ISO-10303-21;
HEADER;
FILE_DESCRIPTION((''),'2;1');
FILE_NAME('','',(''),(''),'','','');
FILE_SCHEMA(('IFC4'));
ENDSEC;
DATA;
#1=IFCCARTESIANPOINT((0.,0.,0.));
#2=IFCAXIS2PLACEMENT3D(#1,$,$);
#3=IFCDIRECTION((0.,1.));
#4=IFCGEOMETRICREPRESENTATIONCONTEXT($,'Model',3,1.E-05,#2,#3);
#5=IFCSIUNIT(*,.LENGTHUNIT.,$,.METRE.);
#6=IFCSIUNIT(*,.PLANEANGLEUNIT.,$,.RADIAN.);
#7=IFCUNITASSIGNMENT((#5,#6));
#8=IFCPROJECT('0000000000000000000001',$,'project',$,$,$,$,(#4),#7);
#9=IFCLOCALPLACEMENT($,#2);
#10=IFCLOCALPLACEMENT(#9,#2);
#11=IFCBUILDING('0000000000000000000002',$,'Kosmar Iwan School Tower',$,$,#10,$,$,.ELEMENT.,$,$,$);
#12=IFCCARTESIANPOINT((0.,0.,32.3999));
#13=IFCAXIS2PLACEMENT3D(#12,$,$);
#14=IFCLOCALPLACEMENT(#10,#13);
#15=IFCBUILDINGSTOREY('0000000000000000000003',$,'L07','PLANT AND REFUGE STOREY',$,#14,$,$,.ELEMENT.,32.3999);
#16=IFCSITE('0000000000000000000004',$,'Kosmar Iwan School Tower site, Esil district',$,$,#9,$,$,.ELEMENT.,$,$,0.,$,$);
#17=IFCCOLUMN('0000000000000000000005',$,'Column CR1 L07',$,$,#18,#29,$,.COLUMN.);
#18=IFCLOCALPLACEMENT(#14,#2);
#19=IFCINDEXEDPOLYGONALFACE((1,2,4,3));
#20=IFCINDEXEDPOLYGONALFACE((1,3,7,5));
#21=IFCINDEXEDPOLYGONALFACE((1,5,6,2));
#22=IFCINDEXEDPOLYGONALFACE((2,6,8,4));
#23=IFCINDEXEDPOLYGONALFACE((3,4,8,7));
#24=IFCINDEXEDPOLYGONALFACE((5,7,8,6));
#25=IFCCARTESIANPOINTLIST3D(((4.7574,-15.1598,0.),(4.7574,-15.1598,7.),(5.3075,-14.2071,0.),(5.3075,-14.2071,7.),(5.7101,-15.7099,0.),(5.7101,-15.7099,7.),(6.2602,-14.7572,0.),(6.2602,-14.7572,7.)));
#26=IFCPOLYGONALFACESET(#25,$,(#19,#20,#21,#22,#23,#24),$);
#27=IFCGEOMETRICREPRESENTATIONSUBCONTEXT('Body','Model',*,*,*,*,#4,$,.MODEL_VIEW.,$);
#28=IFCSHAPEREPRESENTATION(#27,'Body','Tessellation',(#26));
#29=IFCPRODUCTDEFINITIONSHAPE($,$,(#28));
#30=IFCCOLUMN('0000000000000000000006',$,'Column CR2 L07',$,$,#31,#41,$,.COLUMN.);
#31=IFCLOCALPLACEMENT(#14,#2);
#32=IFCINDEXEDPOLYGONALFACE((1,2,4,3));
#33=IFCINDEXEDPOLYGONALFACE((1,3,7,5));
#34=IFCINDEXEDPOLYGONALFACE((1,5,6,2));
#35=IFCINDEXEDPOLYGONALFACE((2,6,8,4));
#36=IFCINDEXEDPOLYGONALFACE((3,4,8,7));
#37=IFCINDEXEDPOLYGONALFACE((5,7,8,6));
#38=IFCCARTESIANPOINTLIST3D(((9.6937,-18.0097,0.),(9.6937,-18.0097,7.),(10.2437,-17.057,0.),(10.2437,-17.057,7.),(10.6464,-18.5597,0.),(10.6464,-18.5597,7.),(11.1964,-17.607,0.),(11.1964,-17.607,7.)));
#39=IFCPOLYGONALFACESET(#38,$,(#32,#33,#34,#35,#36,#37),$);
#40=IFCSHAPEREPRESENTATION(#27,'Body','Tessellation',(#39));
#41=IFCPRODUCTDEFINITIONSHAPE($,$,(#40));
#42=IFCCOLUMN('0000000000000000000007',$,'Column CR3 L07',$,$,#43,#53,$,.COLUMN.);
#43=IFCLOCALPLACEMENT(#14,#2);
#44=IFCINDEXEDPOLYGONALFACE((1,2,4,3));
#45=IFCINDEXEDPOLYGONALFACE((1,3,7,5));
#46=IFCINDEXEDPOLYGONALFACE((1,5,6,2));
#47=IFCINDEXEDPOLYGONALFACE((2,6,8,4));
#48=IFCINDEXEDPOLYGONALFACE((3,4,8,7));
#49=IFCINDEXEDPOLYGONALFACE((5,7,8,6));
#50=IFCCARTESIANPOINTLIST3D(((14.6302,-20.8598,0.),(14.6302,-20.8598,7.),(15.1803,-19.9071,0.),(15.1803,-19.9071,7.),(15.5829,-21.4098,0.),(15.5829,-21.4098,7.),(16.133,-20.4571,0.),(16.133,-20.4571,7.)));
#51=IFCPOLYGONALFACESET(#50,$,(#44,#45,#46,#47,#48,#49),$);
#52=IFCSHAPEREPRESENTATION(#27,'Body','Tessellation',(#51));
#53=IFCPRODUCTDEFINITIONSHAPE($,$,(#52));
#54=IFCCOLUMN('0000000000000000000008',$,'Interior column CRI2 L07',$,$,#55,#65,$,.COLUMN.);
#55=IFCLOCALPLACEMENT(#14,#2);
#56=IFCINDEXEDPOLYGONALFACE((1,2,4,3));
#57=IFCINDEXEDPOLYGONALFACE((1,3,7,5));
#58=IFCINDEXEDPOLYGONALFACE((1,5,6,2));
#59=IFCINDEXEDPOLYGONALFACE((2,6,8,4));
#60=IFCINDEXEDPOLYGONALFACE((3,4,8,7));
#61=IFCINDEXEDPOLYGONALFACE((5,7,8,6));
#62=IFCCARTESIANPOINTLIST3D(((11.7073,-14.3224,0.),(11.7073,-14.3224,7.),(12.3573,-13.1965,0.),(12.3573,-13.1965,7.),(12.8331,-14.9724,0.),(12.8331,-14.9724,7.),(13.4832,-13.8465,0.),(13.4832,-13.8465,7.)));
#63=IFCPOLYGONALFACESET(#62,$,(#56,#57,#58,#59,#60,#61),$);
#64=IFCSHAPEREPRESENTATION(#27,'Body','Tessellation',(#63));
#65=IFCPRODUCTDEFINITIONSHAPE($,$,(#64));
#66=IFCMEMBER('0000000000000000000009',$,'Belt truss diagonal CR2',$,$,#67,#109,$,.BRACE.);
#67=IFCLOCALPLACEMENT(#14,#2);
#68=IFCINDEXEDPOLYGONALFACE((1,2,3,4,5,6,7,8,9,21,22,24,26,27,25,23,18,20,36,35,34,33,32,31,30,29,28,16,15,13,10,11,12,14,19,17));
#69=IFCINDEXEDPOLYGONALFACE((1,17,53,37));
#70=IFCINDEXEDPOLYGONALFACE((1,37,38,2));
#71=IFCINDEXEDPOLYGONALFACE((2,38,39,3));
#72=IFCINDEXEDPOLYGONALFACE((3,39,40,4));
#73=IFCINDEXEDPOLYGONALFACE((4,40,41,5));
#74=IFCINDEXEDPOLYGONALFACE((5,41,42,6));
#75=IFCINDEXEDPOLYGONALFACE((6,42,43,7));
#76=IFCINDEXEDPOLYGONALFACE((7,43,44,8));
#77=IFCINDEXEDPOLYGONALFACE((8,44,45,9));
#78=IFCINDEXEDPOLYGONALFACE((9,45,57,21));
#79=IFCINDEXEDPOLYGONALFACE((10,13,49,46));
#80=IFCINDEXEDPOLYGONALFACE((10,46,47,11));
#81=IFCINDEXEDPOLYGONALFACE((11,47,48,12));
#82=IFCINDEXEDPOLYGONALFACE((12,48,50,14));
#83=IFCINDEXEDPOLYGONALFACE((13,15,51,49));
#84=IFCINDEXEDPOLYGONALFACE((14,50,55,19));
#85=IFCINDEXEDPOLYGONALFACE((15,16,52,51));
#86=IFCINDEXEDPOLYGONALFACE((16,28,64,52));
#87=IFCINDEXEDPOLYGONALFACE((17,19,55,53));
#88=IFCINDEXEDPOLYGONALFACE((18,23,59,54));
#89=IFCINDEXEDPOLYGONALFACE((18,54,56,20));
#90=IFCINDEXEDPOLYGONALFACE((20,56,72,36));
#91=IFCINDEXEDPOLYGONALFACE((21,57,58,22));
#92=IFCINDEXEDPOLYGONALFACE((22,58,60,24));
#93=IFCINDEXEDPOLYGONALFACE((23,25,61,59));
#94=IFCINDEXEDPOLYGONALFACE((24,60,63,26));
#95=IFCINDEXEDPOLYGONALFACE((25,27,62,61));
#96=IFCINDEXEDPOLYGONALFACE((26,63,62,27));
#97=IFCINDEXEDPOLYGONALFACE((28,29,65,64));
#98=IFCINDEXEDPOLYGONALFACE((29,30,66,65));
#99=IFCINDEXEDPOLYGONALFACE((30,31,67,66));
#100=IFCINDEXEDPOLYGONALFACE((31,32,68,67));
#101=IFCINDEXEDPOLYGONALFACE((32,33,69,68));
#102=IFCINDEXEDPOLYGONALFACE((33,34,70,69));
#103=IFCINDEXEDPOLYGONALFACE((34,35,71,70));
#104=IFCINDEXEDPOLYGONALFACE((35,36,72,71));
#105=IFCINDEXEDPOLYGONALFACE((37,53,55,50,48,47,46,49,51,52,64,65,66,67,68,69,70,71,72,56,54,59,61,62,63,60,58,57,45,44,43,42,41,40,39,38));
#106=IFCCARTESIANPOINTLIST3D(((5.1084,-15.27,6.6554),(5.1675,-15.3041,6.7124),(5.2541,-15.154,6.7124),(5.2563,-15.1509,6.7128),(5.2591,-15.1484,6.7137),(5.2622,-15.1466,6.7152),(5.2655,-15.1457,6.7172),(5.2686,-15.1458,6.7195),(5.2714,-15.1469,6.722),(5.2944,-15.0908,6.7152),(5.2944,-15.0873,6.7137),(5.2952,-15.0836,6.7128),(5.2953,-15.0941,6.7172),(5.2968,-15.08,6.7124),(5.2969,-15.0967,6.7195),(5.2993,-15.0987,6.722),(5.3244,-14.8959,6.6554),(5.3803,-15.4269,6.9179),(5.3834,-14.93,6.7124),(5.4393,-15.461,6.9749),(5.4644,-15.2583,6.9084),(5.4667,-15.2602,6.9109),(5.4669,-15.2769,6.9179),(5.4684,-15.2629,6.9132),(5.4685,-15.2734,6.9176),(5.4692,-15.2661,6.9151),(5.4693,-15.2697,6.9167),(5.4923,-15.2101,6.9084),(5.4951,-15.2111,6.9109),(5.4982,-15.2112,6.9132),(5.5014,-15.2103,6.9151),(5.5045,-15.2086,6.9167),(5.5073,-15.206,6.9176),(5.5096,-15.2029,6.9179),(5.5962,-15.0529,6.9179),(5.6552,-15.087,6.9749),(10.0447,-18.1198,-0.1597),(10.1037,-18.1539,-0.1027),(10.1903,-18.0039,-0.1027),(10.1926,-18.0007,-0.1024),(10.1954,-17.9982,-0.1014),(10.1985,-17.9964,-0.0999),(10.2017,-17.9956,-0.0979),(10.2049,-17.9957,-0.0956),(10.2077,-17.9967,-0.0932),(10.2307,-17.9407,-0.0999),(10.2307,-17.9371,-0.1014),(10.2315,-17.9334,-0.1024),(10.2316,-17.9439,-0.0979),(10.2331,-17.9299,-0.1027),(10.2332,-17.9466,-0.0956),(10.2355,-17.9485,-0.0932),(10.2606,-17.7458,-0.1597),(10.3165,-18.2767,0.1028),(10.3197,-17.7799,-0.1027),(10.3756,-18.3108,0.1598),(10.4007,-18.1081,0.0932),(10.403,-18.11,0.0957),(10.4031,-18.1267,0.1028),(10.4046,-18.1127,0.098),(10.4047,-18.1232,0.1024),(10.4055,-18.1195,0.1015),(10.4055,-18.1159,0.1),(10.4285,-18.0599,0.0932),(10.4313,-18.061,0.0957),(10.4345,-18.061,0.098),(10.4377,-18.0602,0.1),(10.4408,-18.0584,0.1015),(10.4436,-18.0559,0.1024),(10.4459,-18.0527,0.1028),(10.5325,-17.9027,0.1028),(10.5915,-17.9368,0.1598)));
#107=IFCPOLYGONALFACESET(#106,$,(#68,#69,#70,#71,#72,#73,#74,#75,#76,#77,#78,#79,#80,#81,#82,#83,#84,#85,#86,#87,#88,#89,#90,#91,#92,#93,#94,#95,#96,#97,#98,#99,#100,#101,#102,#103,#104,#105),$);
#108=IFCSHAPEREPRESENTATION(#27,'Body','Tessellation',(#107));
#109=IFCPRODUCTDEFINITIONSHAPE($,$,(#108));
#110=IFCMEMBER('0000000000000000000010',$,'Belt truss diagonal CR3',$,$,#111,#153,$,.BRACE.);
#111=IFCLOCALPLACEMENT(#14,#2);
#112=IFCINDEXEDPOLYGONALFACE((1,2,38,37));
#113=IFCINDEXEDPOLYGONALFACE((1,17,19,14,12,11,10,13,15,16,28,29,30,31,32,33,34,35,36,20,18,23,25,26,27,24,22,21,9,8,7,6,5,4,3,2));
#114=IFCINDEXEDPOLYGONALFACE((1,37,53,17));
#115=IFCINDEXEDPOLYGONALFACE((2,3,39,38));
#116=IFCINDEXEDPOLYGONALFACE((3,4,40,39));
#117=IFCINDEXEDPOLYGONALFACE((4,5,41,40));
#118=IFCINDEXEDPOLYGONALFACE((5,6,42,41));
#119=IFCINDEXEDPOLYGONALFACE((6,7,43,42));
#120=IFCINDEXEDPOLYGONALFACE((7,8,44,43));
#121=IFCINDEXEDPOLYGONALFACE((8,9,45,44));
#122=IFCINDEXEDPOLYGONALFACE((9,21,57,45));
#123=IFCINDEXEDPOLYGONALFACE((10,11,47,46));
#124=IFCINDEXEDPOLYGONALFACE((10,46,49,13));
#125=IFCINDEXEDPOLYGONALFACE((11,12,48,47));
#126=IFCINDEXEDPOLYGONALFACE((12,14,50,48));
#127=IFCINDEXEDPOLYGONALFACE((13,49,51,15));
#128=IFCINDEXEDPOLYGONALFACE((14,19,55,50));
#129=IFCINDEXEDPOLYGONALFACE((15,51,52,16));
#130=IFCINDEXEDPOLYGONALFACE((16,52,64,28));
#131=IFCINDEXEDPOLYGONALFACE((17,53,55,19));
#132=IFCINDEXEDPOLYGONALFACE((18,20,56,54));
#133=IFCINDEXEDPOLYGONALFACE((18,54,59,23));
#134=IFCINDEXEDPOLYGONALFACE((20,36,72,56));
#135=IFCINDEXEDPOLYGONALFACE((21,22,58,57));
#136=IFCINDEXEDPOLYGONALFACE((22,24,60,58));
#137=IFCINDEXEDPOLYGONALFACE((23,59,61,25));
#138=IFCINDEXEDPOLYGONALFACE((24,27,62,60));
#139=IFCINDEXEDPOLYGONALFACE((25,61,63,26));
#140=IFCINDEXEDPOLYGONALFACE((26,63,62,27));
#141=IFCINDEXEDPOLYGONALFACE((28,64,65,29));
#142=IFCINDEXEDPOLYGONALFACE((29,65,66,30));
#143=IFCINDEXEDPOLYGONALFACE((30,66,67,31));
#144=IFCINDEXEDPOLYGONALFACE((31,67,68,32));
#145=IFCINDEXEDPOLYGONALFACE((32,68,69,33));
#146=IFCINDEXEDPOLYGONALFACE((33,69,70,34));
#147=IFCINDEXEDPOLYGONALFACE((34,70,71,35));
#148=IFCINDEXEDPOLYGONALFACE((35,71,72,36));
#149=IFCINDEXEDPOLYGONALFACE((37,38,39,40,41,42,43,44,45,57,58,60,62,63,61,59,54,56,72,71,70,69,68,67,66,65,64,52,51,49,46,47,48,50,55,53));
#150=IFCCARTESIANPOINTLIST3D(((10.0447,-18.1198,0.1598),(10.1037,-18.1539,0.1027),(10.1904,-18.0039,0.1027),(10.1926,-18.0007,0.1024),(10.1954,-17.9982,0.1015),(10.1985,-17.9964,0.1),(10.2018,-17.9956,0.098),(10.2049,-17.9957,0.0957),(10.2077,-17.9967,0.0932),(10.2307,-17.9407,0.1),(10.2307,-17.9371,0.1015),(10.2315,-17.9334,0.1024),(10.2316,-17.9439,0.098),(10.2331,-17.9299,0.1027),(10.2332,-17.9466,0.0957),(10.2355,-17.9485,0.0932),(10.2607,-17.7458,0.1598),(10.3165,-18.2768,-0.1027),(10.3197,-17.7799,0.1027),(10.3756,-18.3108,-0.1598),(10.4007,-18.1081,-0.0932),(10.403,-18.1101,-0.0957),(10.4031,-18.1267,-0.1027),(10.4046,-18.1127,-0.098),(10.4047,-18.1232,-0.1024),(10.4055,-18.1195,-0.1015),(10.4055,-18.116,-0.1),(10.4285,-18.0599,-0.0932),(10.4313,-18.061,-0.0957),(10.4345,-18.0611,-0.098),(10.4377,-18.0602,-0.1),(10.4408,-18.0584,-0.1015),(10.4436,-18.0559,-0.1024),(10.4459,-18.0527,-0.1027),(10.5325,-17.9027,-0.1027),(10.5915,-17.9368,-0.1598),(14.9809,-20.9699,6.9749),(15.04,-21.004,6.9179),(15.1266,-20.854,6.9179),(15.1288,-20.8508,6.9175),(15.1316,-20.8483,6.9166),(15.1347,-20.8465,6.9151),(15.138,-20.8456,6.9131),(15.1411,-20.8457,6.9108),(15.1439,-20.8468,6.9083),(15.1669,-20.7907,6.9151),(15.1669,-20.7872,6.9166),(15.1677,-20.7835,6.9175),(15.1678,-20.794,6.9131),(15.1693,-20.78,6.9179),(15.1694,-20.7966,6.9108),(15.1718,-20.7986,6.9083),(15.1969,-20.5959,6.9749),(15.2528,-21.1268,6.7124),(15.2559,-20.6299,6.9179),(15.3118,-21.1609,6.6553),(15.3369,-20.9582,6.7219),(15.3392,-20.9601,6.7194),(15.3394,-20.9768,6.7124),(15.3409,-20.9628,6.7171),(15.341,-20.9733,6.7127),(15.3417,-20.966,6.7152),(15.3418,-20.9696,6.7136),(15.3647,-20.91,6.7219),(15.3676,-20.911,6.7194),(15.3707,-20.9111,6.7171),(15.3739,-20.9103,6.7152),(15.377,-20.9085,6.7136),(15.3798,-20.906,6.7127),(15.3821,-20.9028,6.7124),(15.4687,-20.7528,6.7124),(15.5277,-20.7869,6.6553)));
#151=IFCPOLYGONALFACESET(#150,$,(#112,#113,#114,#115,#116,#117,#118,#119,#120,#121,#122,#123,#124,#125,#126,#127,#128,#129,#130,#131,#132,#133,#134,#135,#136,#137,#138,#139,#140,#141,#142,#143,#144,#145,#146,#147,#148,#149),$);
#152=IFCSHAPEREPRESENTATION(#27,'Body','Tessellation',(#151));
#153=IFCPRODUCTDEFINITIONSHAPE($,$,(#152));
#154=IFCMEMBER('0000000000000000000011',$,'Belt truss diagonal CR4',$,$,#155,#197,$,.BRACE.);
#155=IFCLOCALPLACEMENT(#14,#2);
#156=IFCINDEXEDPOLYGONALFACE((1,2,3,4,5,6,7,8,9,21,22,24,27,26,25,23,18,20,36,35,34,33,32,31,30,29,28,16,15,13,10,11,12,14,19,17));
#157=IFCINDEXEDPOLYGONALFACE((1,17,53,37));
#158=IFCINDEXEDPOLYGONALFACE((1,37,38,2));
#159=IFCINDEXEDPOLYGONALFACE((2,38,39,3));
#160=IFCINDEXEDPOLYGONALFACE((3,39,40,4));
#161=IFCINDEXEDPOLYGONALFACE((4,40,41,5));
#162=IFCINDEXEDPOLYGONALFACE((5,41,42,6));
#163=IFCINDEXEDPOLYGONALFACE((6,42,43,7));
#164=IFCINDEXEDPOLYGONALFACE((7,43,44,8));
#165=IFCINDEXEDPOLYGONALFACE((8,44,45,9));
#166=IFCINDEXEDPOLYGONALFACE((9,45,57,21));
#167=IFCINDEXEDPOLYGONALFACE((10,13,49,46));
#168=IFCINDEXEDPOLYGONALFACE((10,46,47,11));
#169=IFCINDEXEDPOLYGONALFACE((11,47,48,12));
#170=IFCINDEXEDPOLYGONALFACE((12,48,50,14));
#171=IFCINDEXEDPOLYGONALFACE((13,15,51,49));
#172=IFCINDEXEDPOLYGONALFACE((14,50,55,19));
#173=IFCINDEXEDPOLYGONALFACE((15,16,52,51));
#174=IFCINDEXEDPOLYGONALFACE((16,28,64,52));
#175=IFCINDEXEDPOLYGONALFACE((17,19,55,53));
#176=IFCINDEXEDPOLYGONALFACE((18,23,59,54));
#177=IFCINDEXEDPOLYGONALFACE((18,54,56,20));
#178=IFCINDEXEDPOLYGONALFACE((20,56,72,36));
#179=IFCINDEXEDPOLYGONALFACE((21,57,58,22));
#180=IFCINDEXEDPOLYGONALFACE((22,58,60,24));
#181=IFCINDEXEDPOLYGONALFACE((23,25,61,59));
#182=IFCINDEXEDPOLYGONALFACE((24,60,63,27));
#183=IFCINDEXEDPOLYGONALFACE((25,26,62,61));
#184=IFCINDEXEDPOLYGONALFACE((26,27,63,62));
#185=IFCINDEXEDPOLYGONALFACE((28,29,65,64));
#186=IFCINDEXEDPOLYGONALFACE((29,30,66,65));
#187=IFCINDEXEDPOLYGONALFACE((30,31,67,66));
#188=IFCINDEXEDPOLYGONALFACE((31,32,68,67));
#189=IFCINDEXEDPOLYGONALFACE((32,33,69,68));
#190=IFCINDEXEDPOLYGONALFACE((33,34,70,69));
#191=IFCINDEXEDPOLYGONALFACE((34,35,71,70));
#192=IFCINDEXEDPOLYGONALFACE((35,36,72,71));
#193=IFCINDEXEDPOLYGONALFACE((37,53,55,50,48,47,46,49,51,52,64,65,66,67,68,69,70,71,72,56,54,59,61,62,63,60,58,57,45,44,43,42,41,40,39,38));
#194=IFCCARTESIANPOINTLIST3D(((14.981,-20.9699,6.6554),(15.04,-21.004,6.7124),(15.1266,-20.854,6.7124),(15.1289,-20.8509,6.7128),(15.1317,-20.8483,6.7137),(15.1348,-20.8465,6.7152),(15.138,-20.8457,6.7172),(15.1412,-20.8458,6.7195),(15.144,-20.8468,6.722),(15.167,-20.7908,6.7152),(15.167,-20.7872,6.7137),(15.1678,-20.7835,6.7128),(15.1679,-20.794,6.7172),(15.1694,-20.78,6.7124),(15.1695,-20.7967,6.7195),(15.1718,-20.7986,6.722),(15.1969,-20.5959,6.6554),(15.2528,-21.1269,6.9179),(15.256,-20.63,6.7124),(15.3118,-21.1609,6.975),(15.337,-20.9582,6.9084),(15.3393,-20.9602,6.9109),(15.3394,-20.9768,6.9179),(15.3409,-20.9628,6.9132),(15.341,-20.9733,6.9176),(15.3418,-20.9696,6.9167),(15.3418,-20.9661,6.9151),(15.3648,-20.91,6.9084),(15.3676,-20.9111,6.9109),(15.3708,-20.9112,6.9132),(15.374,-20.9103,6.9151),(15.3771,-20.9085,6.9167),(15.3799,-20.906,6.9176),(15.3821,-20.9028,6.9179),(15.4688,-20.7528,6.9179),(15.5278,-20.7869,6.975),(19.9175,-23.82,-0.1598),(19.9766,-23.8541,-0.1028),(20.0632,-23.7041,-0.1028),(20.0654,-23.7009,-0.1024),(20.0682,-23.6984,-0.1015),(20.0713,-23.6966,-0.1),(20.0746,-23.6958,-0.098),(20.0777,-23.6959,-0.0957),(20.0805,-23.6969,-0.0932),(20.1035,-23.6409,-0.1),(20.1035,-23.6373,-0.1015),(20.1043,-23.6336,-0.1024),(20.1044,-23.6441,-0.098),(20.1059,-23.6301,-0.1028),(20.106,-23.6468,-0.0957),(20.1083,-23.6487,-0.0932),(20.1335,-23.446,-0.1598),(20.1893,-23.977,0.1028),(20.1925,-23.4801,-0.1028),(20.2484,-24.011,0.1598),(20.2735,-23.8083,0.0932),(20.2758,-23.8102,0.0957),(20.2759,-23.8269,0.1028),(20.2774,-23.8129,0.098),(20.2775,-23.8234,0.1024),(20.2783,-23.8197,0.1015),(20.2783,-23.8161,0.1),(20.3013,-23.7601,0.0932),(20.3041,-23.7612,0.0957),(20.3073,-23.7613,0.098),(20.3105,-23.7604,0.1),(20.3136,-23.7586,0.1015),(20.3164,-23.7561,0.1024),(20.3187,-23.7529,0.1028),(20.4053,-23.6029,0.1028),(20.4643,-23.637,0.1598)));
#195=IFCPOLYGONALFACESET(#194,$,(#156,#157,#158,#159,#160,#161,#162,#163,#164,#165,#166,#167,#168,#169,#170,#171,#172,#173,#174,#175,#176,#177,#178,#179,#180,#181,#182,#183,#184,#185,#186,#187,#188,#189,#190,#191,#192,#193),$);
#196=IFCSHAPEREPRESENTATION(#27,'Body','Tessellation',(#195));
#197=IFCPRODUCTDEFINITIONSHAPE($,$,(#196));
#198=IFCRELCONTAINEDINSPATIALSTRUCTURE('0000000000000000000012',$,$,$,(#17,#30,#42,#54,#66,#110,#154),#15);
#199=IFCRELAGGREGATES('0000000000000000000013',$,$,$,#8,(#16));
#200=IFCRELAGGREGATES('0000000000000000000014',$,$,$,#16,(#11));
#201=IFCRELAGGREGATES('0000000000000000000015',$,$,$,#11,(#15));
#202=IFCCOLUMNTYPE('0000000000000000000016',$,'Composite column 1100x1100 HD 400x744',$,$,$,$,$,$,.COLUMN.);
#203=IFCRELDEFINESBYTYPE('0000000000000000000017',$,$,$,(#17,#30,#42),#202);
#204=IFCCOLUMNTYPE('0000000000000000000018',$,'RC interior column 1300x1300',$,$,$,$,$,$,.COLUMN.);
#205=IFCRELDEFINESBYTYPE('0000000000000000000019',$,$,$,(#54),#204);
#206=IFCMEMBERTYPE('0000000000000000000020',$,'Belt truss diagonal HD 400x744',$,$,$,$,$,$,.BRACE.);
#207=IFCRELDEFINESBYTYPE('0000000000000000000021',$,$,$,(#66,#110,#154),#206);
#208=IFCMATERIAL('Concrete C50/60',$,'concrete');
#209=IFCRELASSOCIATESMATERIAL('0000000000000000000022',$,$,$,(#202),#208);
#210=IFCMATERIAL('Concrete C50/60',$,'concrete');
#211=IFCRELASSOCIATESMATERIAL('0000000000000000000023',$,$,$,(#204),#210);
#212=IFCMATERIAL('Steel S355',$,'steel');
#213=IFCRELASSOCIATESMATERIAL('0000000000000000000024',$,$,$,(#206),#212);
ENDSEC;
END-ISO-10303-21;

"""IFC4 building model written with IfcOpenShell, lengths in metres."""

from ifc_helpers import new_model, si_unit, direction, frame, origin, origin_2d, place, context, subcontext, project, spatial, rectangle, i_section, extrude, material, material_profile, profile_set, type_object, element, save


model = new_model("IFC4")

# Units and contexts
model_context = context("Model", 3, precision=1e-05, world=origin(), true_north=direction((0.0, 1.0)))
body_context = subcontext(model_context, "Body", "Model", "MODEL_VIEW")
ifc_project = project(units=[si_unit("LENGTHUNIT", "METRE"), si_unit("PLANEANGLEUNIT", "RADIAN")], contexts=[model_context])

# Site, building, storey
site_placement = place(None, origin())
site = spatial("IfcSite", under=ifc_project, at=site_placement, Name="Kosmar Iwan School Tower site, Esil district", CompositionType="ELEMENT", RefElevation=0.0)
building_placement = place(site_placement, origin())
building = spatial("IfcBuilding", under=site, at=building_placement, Name="Kosmar Iwan School Tower", CompositionType="ELEMENT")
storey_placement = place(building_placement, frame((0.0, 0.0, 32.3999)))
storey = spatial("IfcBuildingStorey", under=building, at=storey_placement, Name="L07", Description="PLANT AND REFUGE STOREY", CompositionType="ELEMENT", Elevation=32.3999)

# Columns
ifc_material_1 = material(Name="Concrete C50/60", Category="concrete")
ifc_material_profile_1 = material_profile(ifc_material_1, rectangle(XDim=1.1001, YDim=1.1001, at=origin_2d()), Name="RC 1100x1100 + HD 400x744")
ifc_profile_set_1 = profile_set([ifc_material_profile_1], Name="Concrete C50/60")
column_type_1 = type_object("IfcColumnType", Name="Composite column 1100x1100 HD 400x744", PredefinedType="COLUMN", material=ifc_profile_set_1)
for number, where, z_axis, x_axis, name in (
    (1, (5.5088, -14.9585, 0.0), (0.0, 0.0, 1.0), (0.866025, -0.5, 0.0), "Column CR1 L07"),
    (2, (10.4451, -17.8083, 0.0), (0.0, 0.0, 1.0), (0.866025, -0.5, 0.0), "Column CR2 L07"),
    (3, (15.3816, -20.6584, 0.0), (0.0, 0.0, 1.0), (0.866025, -0.5, 0.0), "Column CR3 L07"),
):
    element("IfcColumn", number, at=place(storey_placement, frame(where, z_axis=z_axis, x_axis=x_axis)), inside=storey, type_object=column_type_1, Name=name, PredefinedType="COLUMN", context=body_context, shape_type="SweptSolid", body=[
        extrude(rectangle(XDim=1.1001, YDim=1.1001, at=origin_2d()), origin(), (0.0, 0.0, 1.0), 7.0),
    ])
ifc_material_2 = material(Name="Concrete C50/60", Category="concrete")
ifc_material_profile_2 = material_profile(ifc_material_2, rectangle(XDim=1.3, YDim=1.3, at=origin_2d()), Name="RC 1300x1300")
ifc_profile_set_2 = profile_set([ifc_material_profile_2], Name="Concrete C50/60")
column_type_2 = type_object("IfcColumnType", Name="RC interior column 1300x1300", PredefinedType="COLUMN", material=ifc_profile_set_2)
column_placement = place(storey_placement, frame((12.5952, -14.0845, 0.0), z_axis=(0.0, 0.0, 1.0), x_axis=(0.866025, -0.5, 0.0)))
element("IfcColumn", 4, at=column_placement, inside=storey, type_object=column_type_2, Name="Interior column CRI2 L07", PredefinedType="COLUMN", context=body_context, shape_type="SweptSolid", body=[
    extrude(rectangle(XDim=1.3, YDim=1.3, at=origin_2d()), origin(), (0.0, 0.0, 1.0), 7.0),
])

# Members
ifc_material_3 = material(Name="Steel S355", Category="steel")
ifc_material_profile_3 = material_profile(ifc_material_3, i_section(OverallWidth=0.4319, OverallDepth=0.498, WebThickness=0.0557, FlangeThickness=0.0889, FilletRadius=0.0149, at=origin_2d()), Name="HD 400x744")
ifc_profile_set_3 = profile_set([ifc_material_profile_3], Name="Steel S355")
member_type = type_object("IfcMemberType", Name="Belt truss diagonal HD 400x744", PredefinedType="BRACE", material=ifc_profile_set_3)
for number, where, z_axis, x_axis, name in (
    (5, (5.3818, -15.1785, 6.8152), (0.555602, -0.320765, -0.767083), (0.499986, 0.866034, 0.0), "Belt truss diagonal CR2"),
    (6, (10.3181, -18.0283, 0.0), (0.555598, -0.32079, 0.767076), (0.500018, 0.866015, 0.0), "Belt truss diagonal CR3"),
):
    element("IfcMember", number, at=place(storey_placement, frame(where, z_axis=z_axis, x_axis=x_axis)), inside=storey, type_object=member_type, Name=name, PredefinedType="BRACE", context=body_context, shape_type="SweptSolid", body=[
        extrude(i_section(OverallWidth=0.4319, OverallDepth=0.498, WebThickness=0.0557, FlangeThickness=0.0889, FilletRadius=0.0149, at=origin_2d()), origin(), (0.0, 0.0, 1.0), 8.8845),
    ])
member_placement = place(storey_placement, frame((15.2544, -20.8784, 6.8152), z_axis=(0.555617, -0.320785, -0.767064), x_axis=(0.499999, 0.866026, 0.0)))
element("IfcMember", 7, at=member_placement, inside=storey, type_object=member_type, Name="Belt truss diagonal CR4", PredefinedType="BRACE", context=body_context, shape_type="SweptSolid", body=[
    extrude(i_section(OverallWidth=0.4319, OverallDepth=0.498, WebThickness=0.0557, FlangeThickness=0.0889, FilletRadius=0.0149, at=origin_2d()), origin(), (0.0, 0.0, 1.0), 8.8848),
])

save(model, "model.ifc")
